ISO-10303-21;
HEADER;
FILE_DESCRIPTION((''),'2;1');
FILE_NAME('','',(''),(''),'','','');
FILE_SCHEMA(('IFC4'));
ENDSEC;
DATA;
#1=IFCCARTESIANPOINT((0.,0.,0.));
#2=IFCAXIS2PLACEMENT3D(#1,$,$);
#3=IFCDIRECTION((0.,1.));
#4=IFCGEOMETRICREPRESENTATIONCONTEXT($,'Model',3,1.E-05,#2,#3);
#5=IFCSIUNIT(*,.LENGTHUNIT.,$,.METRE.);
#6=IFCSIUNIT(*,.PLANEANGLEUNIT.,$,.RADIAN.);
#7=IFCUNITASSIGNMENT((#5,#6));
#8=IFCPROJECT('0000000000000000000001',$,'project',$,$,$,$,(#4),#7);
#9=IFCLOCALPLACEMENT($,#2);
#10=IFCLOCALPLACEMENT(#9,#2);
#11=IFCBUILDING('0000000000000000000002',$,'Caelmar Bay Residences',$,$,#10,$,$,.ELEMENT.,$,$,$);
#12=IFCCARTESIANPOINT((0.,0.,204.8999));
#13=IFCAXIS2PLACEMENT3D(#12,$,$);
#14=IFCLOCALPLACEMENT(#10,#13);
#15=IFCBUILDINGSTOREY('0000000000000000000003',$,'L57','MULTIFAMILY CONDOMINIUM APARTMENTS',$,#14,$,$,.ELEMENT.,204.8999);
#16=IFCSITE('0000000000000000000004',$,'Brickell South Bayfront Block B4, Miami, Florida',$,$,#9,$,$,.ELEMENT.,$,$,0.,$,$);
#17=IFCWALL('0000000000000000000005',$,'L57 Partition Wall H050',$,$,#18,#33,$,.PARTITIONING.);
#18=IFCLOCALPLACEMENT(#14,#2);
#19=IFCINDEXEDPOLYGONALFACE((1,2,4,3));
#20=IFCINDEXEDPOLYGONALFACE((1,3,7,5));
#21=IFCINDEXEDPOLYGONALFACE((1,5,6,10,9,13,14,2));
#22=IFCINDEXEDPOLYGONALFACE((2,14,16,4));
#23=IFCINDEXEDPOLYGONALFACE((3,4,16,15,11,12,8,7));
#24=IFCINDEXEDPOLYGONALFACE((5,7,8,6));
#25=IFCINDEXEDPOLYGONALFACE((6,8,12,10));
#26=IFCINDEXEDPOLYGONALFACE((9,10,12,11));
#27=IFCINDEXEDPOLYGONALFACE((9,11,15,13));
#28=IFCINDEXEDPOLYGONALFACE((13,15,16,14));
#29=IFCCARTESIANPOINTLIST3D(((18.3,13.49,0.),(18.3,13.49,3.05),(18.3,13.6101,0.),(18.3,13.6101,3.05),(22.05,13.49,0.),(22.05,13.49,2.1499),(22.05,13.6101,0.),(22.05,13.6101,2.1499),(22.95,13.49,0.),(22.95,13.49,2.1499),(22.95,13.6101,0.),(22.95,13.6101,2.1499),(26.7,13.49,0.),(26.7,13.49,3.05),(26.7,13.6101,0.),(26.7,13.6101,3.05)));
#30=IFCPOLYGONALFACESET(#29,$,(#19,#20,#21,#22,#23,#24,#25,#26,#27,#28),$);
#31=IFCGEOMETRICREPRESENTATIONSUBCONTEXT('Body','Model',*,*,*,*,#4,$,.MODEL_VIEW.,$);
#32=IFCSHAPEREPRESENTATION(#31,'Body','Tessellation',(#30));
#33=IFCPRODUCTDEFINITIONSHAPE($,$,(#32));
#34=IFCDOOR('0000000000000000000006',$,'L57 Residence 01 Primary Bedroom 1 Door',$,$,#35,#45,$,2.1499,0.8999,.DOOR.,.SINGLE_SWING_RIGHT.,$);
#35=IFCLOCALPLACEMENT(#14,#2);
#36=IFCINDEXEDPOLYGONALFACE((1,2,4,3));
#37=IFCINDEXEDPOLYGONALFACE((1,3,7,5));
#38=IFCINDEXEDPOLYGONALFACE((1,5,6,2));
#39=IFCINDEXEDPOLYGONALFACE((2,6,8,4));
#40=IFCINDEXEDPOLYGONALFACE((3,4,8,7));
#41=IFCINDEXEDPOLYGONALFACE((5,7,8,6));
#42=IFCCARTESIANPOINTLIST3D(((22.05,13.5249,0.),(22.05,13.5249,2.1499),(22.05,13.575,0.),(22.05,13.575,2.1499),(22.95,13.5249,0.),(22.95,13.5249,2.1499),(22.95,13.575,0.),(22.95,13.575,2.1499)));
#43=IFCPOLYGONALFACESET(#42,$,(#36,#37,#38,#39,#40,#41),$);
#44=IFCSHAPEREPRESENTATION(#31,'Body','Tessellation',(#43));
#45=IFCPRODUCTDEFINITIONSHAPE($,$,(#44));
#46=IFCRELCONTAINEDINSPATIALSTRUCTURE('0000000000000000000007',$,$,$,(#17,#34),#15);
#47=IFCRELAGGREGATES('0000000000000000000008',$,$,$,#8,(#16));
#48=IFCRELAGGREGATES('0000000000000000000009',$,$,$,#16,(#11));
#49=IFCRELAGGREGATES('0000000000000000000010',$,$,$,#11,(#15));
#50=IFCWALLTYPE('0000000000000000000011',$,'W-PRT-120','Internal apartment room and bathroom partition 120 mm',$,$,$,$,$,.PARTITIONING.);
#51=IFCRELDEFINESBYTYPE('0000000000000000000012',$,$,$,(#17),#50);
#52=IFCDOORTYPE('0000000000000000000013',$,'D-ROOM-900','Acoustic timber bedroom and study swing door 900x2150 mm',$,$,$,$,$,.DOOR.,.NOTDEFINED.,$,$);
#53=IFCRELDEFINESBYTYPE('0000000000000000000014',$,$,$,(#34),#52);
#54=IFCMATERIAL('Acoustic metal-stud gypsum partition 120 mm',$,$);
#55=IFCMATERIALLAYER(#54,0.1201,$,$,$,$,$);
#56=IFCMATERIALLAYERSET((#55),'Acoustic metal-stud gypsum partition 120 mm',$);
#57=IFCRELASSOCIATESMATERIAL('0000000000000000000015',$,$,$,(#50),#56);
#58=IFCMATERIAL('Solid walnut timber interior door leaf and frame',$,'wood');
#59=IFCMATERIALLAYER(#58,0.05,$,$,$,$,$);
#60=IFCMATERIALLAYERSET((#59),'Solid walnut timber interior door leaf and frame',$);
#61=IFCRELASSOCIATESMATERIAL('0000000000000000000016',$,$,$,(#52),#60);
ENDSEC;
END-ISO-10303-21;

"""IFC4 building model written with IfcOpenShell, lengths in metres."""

from ifc_helpers import new_model, si_unit, direction, frame, frame_2d, origin, place, context, subcontext, project, spatial, rectangle, extrude, material, layer, layer_set, type_object, element, fill, save


model = new_model("IFC4")

# Units and contexts
model_context = context("Model", 3, precision=1e-05, world=origin(), true_north=direction((0.0, 1.0)))
body_context = subcontext(model_context, "Body", "Model", "MODEL_VIEW")
ifc_project = project(units=[si_unit("LENGTHUNIT", "METRE"), si_unit("PLANEANGLEUNIT", "RADIAN")], contexts=[model_context])

# Site, building, storey
site_placement = place(None, origin())
site = spatial("IfcSite", under=ifc_project, at=site_placement, Name="Brickell South Bayfront Block B4, Miami, Florida", CompositionType="ELEMENT", RefElevation=0.0)
building_placement = place(site_placement, origin())
building = spatial("IfcBuilding", under=site, at=building_placement, Name="Caelmar Bay Residences", CompositionType="ELEMENT")
storey_placement = place(building_placement, frame((0.0, 0.0, 204.8999)))
storey = spatial("IfcBuildingStorey", under=building, at=storey_placement, Name="L57", Description="MULTIFAMILY CONDOMINIUM APARTMENTS", CompositionType="ELEMENT", Elevation=204.8999)

# Shared definitions
ifc_material_1 = material(Name="Acoustic metal-stud gypsum partition 120 mm")
ifc_layer_1 = layer(ifc_material_1, 0.1201)
ifc_layer_set_1 = layer_set([ifc_layer_1], Name="Acoustic metal-stud gypsum partition 120 mm")
wall_type_1 = type_object("IfcWallType", Name="W-PRT-120", Description="Internal apartment room and bathroom partition 120 mm", PredefinedType="PARTITIONING", material=ifc_layer_set_1)
ifc_material_2 = material(Name="Solid walnut timber interior door leaf and frame", Category="wood")
ifc_layer_2 = layer(ifc_material_2, 0.05)
ifc_layer_set_2 = layer_set([ifc_layer_2], Name="Solid walnut timber interior door leaf and frame")
door_type = type_object("IfcDoorType", Name="D-ROOM-900", Description="Acoustic timber bedroom and study swing door 900x2150 mm", OperationType="NOTDEFINED", PredefinedType="DOOR", material=ifc_layer_set_2)

# Wall, opening, door
wall_1_placement = place(storey_placement, frame((18.3, 13.55, 0.0), z_axis=(0.0, 0.0, 1.0), x_axis=(1.0, 0.0, 0.0)))
wall_1 = element("IfcWall", 1, at=wall_1_placement, inside=storey, type_object=wall_type_1, Name="L57 Partition Wall H050", PredefinedType="PARTITIONING", context=body_context, shape_type="SweptSolid", body=[
    extrude(rectangle(XDim=8.3999, YDim=0.1201, at=frame_2d((4.2, 0.0))), origin(), (0.0, 0.0, 1.0), 3.05),
])
opening_1_placement = place(wall_1_placement, frame((3.75, 0.0, 0.0)))
opening_1 = element("IfcOpeningElement", 2, at=opening_1_placement, cuts=wall_1, PredefinedType="OPENING", context=body_context, shape_type="SweptSolid", body=[
    extrude(rectangle(XDim=0.8999, YDim=2.1499, at=frame_2d((0.45, 1.075))), frame((0.0, 0.0701, 0.0), z_axis=(0.0, -1.0, 0.0), x_axis=(1.0, 0.0, 0.0)), (0.0, 0.0, 1.0), 0.1401),
])
door_1_placement = place(opening_1_placement, origin())
door_1 = element("IfcDoor", 3, at=door_1_placement, inside=storey, type_object=door_type, Name="L57 Residence 01 Primary Bedroom 1 Door", OperationType="SINGLE_SWING_RIGHT", OverallHeight=2.1499, OverallWidth=0.8999, PredefinedType="DOOR", context=body_context, shape_type="SweptSolid", body=[
    extrude(rectangle(XDim=0.8999, YDim=2.1499, at=frame_2d((0.45, 1.075))), frame((0.0, 0.0249, 0.0), z_axis=(0.0, -1.0, 0.0), x_axis=(1.0, 0.0, 0.0)), (0.0, 0.0, 1.0), 0.05),
])
fill(opening_1, door_1)

save(model, "model.ifc")
